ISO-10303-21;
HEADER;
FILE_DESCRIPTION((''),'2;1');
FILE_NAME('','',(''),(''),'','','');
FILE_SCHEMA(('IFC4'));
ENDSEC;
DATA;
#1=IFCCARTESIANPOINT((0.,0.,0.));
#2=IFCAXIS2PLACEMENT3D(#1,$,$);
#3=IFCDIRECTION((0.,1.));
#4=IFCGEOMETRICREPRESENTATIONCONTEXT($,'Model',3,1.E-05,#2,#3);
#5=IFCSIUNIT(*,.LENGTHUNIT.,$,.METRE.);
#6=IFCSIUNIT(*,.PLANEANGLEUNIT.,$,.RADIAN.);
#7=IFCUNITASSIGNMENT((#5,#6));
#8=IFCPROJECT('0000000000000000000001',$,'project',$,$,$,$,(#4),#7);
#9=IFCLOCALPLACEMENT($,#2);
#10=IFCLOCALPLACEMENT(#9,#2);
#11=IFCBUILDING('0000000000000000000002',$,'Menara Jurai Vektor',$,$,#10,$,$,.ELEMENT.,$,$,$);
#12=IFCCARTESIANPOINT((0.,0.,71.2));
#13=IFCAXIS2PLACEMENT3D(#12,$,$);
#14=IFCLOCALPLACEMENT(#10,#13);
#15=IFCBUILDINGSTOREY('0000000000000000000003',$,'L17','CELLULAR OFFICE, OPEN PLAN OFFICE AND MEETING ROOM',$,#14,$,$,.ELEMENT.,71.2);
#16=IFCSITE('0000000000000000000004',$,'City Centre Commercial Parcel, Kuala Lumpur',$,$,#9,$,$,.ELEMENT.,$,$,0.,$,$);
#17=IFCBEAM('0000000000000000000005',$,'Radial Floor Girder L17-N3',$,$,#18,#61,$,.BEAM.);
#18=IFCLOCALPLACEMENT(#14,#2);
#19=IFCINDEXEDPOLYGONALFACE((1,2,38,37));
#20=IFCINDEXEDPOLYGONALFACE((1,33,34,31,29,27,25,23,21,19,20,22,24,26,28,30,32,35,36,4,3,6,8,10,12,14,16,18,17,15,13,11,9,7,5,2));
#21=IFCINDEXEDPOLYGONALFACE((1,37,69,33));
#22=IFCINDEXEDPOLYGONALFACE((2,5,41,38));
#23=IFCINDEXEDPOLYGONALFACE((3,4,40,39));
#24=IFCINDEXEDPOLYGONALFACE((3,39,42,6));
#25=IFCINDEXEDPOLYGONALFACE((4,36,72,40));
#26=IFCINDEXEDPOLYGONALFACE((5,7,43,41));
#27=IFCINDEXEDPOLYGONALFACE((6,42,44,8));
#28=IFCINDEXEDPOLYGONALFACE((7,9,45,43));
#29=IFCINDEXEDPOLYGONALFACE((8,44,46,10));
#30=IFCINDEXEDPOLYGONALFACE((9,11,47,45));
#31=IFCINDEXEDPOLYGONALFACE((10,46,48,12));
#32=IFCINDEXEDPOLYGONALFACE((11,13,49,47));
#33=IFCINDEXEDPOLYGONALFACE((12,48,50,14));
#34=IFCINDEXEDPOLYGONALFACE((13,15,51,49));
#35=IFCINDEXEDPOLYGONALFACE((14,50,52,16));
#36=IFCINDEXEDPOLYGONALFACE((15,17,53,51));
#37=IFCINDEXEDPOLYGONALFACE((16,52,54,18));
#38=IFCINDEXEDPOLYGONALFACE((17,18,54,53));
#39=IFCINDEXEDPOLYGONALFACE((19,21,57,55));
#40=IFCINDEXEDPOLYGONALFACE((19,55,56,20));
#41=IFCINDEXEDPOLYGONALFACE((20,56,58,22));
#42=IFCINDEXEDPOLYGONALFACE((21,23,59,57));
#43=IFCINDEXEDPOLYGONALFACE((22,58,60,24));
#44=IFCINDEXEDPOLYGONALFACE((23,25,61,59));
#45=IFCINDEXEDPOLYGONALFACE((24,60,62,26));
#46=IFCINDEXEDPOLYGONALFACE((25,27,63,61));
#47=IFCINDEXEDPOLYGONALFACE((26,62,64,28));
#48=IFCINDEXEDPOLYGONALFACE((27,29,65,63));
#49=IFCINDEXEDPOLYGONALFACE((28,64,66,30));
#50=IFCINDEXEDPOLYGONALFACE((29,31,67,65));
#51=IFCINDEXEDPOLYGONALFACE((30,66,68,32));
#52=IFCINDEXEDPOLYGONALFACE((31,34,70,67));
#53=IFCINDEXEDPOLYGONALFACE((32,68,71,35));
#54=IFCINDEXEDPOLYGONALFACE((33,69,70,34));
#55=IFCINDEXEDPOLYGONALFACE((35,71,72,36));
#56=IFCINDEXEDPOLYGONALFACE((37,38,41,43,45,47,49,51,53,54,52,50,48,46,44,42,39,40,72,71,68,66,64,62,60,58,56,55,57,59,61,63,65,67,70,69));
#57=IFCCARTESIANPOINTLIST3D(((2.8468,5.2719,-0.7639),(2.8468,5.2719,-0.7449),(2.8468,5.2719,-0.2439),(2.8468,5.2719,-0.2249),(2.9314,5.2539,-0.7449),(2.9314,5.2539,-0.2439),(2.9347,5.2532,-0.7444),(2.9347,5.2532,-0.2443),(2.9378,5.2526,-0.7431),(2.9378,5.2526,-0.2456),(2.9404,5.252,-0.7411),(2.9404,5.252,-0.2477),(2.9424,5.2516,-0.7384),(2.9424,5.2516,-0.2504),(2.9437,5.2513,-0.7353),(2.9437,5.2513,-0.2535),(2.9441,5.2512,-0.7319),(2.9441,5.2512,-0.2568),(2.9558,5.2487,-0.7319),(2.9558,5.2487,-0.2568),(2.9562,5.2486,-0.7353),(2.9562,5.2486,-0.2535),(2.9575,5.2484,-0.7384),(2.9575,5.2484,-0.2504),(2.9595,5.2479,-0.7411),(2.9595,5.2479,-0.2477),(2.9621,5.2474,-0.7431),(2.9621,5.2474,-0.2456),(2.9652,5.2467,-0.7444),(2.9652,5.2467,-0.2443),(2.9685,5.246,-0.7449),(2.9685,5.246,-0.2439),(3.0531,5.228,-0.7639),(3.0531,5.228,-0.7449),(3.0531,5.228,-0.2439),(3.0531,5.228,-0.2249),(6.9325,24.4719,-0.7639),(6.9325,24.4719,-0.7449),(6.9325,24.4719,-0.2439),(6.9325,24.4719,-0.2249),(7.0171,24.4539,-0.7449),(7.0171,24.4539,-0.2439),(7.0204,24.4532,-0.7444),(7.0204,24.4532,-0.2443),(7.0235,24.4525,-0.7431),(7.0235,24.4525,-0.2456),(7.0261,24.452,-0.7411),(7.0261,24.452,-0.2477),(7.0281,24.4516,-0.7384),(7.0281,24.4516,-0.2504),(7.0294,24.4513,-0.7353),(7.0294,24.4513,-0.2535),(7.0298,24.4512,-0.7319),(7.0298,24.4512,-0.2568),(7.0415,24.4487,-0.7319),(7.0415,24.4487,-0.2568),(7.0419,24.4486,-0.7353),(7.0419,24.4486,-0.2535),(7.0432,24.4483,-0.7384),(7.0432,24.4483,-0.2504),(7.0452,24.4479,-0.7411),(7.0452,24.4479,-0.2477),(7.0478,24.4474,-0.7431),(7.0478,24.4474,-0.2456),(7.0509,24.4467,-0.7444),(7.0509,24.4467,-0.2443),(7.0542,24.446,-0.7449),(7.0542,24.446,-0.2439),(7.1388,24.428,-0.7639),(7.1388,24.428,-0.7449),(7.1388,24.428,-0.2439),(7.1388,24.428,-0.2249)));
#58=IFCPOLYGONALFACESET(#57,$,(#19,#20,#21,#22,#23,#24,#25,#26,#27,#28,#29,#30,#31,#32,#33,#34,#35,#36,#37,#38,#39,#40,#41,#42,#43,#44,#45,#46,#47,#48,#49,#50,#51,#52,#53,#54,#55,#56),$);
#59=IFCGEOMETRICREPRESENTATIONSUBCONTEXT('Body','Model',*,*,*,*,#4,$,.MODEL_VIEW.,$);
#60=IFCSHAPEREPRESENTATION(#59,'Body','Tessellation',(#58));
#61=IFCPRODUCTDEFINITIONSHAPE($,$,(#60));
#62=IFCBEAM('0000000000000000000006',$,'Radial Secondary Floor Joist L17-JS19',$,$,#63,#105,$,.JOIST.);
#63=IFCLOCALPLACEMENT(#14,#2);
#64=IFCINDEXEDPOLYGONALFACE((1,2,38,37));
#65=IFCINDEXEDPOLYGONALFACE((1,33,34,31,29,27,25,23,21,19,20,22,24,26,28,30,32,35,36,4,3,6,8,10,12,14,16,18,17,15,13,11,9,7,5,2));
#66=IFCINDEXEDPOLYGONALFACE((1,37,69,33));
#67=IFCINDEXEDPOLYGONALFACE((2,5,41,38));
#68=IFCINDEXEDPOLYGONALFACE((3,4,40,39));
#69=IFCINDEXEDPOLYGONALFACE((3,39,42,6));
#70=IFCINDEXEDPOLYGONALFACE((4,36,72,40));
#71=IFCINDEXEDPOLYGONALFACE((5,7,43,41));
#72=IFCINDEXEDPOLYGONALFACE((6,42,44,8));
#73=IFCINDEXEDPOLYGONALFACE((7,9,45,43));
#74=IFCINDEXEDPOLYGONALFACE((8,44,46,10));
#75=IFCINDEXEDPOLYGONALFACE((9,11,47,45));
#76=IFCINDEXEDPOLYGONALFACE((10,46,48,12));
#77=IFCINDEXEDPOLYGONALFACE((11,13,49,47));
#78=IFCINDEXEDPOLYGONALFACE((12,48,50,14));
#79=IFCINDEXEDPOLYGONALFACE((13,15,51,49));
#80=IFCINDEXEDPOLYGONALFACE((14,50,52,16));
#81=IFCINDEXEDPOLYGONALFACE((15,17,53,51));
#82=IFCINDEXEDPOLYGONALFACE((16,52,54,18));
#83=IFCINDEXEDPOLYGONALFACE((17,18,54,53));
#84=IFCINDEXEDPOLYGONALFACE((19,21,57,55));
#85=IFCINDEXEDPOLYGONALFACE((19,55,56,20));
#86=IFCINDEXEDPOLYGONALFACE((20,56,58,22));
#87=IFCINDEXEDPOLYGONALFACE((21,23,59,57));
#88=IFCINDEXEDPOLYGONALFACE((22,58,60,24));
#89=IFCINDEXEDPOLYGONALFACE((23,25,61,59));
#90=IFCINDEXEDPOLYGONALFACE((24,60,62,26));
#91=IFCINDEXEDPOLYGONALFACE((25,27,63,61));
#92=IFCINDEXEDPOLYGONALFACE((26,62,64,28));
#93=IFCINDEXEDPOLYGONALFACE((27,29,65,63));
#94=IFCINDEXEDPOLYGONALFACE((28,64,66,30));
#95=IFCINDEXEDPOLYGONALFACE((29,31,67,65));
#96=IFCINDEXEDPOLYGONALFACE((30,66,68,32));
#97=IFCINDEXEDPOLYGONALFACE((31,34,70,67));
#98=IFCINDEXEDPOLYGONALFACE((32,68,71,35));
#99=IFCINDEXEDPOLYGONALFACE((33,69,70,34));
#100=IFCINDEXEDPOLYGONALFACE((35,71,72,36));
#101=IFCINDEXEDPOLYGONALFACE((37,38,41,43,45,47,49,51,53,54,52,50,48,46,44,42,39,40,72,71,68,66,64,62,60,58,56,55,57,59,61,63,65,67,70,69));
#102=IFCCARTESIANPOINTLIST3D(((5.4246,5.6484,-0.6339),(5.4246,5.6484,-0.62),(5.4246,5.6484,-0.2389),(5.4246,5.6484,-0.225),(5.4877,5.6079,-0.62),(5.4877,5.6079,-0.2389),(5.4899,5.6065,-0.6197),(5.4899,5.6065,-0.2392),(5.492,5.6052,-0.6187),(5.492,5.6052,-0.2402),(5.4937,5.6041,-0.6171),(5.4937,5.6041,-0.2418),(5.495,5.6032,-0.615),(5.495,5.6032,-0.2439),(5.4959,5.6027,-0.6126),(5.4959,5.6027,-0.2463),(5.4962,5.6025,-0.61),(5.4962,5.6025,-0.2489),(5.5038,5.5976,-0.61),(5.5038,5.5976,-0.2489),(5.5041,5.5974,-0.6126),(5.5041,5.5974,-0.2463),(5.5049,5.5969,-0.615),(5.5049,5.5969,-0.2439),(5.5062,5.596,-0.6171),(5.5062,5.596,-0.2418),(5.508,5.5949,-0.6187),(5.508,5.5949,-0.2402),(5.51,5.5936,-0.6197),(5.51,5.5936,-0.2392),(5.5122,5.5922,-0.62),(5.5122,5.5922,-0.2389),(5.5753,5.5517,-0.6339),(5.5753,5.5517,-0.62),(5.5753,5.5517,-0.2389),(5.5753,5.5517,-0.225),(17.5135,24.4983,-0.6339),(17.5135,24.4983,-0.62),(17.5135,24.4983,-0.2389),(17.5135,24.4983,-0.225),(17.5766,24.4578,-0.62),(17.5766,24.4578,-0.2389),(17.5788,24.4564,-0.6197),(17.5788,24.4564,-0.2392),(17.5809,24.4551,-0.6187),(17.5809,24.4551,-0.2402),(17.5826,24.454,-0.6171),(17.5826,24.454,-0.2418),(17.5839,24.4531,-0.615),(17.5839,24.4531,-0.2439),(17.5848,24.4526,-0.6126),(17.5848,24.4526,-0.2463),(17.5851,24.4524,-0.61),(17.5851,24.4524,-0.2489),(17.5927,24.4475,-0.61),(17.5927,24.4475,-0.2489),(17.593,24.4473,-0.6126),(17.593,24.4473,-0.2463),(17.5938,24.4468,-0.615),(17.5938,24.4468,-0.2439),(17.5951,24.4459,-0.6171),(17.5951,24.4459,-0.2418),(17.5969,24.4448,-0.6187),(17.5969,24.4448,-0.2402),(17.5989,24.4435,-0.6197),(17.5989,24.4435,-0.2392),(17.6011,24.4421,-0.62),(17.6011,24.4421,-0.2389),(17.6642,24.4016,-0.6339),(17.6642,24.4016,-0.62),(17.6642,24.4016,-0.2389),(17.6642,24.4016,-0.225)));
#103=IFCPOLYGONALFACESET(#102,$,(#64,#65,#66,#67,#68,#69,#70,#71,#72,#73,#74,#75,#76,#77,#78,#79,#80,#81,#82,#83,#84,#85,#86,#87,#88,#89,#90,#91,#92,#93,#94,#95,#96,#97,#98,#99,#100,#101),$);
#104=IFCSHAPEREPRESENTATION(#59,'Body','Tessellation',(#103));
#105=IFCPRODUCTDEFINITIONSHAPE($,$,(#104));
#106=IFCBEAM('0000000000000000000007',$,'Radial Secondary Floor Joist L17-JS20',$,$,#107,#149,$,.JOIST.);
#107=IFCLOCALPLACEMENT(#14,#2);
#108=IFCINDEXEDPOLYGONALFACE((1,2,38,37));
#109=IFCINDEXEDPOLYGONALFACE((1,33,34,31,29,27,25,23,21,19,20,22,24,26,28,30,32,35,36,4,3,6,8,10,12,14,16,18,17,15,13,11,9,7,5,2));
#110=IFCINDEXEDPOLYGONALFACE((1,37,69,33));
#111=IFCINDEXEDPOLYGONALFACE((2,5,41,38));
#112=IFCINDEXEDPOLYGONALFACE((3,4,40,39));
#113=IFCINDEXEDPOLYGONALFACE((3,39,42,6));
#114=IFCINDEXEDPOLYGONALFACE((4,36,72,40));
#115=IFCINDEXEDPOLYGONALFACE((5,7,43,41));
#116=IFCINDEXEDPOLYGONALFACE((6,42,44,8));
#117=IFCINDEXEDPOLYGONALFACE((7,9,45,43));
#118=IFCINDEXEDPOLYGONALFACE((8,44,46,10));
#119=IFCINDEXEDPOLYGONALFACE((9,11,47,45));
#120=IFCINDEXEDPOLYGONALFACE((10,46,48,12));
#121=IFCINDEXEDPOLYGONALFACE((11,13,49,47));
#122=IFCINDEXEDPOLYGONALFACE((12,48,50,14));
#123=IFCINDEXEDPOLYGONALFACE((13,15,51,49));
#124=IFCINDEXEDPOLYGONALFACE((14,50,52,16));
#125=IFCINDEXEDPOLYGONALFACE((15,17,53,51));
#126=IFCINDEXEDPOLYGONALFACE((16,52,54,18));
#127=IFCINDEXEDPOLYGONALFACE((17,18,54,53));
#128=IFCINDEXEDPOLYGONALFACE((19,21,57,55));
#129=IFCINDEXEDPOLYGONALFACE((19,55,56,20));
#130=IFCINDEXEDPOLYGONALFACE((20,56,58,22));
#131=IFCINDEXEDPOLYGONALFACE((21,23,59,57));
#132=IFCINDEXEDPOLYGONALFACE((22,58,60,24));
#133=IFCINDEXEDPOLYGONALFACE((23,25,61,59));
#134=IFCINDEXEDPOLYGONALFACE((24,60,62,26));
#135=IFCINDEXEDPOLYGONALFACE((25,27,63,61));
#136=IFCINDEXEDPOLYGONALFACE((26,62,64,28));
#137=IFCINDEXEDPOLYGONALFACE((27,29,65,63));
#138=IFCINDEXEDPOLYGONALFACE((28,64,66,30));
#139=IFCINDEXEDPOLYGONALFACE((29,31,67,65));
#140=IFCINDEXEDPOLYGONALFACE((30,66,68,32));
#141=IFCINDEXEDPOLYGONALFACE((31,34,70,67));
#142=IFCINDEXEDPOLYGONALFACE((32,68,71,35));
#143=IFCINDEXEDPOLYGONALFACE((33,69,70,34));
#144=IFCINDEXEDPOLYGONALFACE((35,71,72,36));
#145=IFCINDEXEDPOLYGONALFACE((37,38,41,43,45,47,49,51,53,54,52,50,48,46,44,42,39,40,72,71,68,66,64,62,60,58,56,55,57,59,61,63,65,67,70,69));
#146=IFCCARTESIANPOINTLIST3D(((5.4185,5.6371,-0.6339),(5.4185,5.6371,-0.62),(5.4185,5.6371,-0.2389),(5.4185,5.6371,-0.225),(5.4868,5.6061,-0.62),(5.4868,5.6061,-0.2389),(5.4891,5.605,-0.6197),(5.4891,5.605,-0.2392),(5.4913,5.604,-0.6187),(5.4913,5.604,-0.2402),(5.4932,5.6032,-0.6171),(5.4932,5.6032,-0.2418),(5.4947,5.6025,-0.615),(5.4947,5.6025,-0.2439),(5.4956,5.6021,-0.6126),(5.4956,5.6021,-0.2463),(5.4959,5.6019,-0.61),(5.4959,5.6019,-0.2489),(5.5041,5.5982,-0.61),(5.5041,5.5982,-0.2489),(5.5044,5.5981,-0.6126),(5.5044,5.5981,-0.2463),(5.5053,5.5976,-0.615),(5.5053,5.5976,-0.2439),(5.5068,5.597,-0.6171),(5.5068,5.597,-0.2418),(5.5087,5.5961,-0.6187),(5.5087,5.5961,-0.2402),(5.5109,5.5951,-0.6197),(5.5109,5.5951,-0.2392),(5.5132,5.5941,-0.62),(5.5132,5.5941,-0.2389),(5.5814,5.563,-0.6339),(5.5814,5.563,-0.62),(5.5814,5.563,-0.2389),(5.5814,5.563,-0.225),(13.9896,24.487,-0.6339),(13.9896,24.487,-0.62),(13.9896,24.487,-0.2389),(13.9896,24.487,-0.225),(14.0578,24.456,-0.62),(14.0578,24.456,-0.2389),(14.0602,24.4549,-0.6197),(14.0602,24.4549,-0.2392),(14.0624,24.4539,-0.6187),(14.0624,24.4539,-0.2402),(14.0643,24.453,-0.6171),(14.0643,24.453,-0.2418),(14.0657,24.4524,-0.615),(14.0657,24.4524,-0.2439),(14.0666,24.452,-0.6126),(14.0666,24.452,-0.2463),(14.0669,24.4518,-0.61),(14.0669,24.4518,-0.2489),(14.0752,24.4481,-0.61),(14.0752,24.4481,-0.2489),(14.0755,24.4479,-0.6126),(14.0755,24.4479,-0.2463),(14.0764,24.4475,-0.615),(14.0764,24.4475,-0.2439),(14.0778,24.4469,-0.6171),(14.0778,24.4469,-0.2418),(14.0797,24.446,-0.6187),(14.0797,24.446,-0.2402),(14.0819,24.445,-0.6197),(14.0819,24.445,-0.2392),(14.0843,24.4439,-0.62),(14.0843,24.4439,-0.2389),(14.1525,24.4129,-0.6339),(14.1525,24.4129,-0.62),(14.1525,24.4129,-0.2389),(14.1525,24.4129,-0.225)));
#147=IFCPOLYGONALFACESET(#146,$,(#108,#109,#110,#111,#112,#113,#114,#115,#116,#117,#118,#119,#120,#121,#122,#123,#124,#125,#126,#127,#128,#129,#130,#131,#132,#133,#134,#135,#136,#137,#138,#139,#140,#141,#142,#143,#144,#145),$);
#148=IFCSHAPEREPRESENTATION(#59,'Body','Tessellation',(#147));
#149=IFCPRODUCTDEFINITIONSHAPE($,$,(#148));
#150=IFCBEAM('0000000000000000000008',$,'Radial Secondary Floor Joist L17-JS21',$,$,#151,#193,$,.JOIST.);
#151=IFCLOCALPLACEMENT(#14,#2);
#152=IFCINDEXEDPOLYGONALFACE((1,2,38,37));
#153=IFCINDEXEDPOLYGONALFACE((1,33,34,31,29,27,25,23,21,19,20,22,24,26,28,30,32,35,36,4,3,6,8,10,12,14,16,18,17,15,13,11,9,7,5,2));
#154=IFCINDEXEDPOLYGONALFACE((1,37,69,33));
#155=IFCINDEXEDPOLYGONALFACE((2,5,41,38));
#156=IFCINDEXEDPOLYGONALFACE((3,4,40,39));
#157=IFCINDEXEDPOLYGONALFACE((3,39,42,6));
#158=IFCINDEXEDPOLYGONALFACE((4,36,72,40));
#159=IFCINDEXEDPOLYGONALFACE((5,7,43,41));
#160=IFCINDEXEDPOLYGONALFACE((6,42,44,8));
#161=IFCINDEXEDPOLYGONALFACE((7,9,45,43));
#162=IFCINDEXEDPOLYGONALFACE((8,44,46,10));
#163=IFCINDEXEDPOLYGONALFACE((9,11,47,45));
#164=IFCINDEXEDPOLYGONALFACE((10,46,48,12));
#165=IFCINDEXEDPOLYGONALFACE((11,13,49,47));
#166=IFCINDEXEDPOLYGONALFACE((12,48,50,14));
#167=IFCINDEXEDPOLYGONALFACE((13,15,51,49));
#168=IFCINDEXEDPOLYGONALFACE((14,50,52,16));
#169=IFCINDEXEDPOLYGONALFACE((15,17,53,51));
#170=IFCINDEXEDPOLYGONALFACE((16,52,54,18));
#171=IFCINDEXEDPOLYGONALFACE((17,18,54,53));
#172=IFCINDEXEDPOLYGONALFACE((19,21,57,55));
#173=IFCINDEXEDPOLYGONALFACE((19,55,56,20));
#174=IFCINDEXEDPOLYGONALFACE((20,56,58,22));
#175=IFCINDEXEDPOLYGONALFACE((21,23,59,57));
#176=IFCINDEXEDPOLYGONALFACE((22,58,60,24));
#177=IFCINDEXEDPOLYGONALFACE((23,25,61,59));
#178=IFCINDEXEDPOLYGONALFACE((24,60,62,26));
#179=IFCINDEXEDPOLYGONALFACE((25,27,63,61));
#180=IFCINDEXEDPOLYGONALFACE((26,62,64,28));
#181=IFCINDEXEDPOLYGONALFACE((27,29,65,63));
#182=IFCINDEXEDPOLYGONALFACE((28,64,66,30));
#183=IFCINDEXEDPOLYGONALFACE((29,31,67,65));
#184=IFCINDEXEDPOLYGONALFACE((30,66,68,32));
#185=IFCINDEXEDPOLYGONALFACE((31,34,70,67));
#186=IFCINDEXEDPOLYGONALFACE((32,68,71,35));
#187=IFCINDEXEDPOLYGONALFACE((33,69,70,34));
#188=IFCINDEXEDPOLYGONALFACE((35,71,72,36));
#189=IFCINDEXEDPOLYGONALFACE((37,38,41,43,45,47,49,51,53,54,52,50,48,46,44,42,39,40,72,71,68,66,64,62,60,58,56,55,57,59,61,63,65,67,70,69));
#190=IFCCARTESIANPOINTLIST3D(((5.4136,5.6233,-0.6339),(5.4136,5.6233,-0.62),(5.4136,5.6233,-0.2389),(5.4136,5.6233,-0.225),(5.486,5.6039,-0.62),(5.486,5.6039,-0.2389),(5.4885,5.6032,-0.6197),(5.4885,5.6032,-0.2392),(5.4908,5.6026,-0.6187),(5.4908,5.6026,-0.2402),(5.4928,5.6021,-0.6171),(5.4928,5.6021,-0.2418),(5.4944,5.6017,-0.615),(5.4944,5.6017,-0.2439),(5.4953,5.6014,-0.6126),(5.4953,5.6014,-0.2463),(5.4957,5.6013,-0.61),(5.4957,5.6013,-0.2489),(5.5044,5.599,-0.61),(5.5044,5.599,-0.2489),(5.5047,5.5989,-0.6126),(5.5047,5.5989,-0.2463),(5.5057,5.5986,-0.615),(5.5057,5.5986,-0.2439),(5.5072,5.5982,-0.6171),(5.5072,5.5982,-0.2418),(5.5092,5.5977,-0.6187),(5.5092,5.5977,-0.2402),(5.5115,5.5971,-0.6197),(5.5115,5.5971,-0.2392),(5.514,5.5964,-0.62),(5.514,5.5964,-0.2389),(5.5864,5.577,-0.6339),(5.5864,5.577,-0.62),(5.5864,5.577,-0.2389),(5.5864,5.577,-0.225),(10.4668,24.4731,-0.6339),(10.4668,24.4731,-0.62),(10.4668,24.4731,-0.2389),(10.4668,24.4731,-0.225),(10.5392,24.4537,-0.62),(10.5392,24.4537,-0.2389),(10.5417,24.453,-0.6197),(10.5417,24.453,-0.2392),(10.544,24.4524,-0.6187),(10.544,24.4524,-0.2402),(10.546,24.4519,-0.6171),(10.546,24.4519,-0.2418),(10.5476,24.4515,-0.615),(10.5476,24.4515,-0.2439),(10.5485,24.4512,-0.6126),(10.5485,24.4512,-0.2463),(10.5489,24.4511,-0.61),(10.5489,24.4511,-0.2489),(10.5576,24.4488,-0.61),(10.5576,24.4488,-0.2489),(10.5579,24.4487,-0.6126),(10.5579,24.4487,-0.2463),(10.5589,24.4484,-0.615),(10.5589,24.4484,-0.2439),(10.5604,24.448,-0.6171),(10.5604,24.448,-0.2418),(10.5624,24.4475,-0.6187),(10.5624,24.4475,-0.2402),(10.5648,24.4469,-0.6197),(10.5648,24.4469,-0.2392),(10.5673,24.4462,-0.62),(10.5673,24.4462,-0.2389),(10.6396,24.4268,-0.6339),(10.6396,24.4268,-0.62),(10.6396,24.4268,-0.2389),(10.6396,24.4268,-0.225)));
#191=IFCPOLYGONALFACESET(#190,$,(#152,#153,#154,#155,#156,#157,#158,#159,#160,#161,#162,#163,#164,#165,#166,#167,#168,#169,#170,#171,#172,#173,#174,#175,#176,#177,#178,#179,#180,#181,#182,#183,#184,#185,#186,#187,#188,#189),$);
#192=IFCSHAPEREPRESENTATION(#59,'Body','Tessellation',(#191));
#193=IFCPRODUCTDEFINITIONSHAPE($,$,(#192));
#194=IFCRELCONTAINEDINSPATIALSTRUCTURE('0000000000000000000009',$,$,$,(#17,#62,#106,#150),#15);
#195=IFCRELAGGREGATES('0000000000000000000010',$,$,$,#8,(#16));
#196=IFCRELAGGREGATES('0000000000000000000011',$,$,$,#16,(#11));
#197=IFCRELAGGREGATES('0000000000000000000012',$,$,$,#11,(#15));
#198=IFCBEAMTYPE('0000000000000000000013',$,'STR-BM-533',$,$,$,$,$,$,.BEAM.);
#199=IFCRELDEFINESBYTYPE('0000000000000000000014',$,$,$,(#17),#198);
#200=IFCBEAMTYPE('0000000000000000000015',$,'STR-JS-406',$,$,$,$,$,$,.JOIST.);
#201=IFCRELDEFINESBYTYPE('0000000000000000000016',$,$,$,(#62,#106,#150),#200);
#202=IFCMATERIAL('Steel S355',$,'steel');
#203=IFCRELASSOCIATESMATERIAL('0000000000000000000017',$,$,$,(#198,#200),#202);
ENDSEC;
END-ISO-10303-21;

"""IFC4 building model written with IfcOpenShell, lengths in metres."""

from ifc_helpers import new_model, si_unit, direction, frame, origin, origin_2d, place, context, subcontext, project, spatial, i_section, extrude, material, material_profile, profile_set, type_object, element, save


model = new_model("IFC4")

# Units and contexts
model_context = context("Model", 3, precision=1e-05, world=origin(), true_north=direction((0.0, 1.0)))
body_context = subcontext(model_context, "Body", "Model", "MODEL_VIEW")
ifc_project = project(units=[si_unit("LENGTHUNIT", "METRE"), si_unit("PLANEANGLEUNIT", "RADIAN")], contexts=[model_context])

# Site, building, storey
site_placement = place(None, origin())
site = spatial("IfcSite", under=ifc_project, at=site_placement, Name="City Centre Commercial Parcel, Kuala Lumpur", CompositionType="ELEMENT", RefElevation=0.0)
building_placement = place(site_placement, origin())
building = spatial("IfcBuilding", under=site, at=building_placement, Name="Menara Jurai Vektor", CompositionType="ELEMENT")
storey_placement = place(building_placement, frame((0.0, 0.0, 71.2)))
storey = spatial("IfcBuildingStorey", under=building, at=storey_placement, Name="L17", Description="CELLULAR OFFICE, OPEN PLAN OFFICE AND MEETING ROOM", CompositionType="ELEMENT", Elevation=71.2)

# Beams
ifc_material_1 = material(Name="Steel S355", Category="steel")
ifc_material_profile_1 = material_profile(ifc_material_1, i_section(OverallWidth=0.2109, OverallDepth=0.5391, WebThickness=0.012, FlangeThickness=0.019, FilletRadius=0.0129, at=origin_2d()), Name="UKB 533x210x109")
ifc_profile_set_1 = profile_set([ifc_material_profile_1], Name="Steel S355")
beam_type_1 = type_object("IfcBeamType", Name="STR-BM-533", PredefinedType="BEAM", material=ifc_profile_set_1)
beam_1_placement = place(storey_placement, frame((7.0356, 24.45, -0.4944), z_axis=(-0.208137, -0.9781, 0.0), x_axis=(0.9781, -0.208137, 0.0)))
element("IfcBeam", 1, at=beam_1_placement, inside=storey, type_object=beam_type_1, Name="Radial Floor Girder L17-N3", PredefinedType="BEAM", context=body_context, shape_type="SweptSolid", body=[
    extrude(i_section(OverallWidth=0.2109, OverallDepth=0.5391, WebThickness=0.012, FlangeThickness=0.019, FilletRadius=0.0129, at=origin_2d()), origin(), (0.0, 0.0, 1.0), 19.6299),
])
ifc_material_profile_2 = material_profile(ifc_material_1, i_section(OverallWidth=0.179, OverallDepth=0.4089, WebThickness=0.009, FlangeThickness=0.0139, FilletRadius=0.01, at=origin_2d()), Name="UKB 406x178x67")
ifc_profile_set_2 = profile_set([ifc_material_profile_2], Name="Steel S355")
beam_type_2 = type_object("IfcBeamType", Name="STR-JS-406", PredefinedType="JOIST", material=ifc_profile_set_2)
beam_2_placement = place(storey_placement, frame((17.5889, 24.45, -0.4294), z_axis=(-0.539844, -0.841765, 0.0), x_axis=(0.841765, -0.539844, 0.0)))
element("IfcBeam", 2, at=beam_2_placement, inside=storey, type_object=beam_type_2, Name="Radial Secondary Floor Joist L17-JS19", PredefinedType="JOIST", context=body_context, shape_type="SweptSolid", body=[
    extrude(i_section(OverallWidth=0.179, OverallDepth=0.4089, WebThickness=0.009, FlangeThickness=0.0139, FilletRadius=0.01, at=origin_2d()), origin(), (0.0, 0.0, 1.0), 22.3933),
])
beam_3_placement = place(storey_placement, frame((14.071, 24.45, -0.4294), z_axis=(-0.41392, -0.910313, 0.0), x_axis=(0.910313, -0.41392, 0.0)))
element("IfcBeam", 3, at=beam_3_placement, inside=storey, type_object=beam_type_2, Name="Radial Secondary Floor Joist L17-JS20", PredefinedType="JOIST", context=body_context, shape_type="SweptSolid", body=[
    extrude(i_section(OverallWidth=0.179, OverallDepth=0.4089, WebThickness=0.009, FlangeThickness=0.0139, FilletRadius=0.01, at=origin_2d()), origin(), (0.0, 0.0, 1.0), 20.707),
])
beam_4_placement = place(storey_placement, frame((10.5532, 24.45, -0.4294), z_axis=(-0.258935, -0.965895, 0.0), x_axis=(0.965895, -0.258935, 0.0)))
element("IfcBeam", 4, at=beam_4_placement, inside=storey, type_object=beam_type_2, Name="Radial Secondary Floor Joist L17-JS21", PredefinedType="JOIST", context=body_context, shape_type="SweptSolid", body=[
    extrude(i_section(OverallWidth=0.179, OverallDepth=0.4089, WebThickness=0.009, FlangeThickness=0.0139, FilletRadius=0.01, at=origin_2d()), origin(), (0.0, 0.0, 1.0), 19.5154),
])

save(model, "model.ifc")
